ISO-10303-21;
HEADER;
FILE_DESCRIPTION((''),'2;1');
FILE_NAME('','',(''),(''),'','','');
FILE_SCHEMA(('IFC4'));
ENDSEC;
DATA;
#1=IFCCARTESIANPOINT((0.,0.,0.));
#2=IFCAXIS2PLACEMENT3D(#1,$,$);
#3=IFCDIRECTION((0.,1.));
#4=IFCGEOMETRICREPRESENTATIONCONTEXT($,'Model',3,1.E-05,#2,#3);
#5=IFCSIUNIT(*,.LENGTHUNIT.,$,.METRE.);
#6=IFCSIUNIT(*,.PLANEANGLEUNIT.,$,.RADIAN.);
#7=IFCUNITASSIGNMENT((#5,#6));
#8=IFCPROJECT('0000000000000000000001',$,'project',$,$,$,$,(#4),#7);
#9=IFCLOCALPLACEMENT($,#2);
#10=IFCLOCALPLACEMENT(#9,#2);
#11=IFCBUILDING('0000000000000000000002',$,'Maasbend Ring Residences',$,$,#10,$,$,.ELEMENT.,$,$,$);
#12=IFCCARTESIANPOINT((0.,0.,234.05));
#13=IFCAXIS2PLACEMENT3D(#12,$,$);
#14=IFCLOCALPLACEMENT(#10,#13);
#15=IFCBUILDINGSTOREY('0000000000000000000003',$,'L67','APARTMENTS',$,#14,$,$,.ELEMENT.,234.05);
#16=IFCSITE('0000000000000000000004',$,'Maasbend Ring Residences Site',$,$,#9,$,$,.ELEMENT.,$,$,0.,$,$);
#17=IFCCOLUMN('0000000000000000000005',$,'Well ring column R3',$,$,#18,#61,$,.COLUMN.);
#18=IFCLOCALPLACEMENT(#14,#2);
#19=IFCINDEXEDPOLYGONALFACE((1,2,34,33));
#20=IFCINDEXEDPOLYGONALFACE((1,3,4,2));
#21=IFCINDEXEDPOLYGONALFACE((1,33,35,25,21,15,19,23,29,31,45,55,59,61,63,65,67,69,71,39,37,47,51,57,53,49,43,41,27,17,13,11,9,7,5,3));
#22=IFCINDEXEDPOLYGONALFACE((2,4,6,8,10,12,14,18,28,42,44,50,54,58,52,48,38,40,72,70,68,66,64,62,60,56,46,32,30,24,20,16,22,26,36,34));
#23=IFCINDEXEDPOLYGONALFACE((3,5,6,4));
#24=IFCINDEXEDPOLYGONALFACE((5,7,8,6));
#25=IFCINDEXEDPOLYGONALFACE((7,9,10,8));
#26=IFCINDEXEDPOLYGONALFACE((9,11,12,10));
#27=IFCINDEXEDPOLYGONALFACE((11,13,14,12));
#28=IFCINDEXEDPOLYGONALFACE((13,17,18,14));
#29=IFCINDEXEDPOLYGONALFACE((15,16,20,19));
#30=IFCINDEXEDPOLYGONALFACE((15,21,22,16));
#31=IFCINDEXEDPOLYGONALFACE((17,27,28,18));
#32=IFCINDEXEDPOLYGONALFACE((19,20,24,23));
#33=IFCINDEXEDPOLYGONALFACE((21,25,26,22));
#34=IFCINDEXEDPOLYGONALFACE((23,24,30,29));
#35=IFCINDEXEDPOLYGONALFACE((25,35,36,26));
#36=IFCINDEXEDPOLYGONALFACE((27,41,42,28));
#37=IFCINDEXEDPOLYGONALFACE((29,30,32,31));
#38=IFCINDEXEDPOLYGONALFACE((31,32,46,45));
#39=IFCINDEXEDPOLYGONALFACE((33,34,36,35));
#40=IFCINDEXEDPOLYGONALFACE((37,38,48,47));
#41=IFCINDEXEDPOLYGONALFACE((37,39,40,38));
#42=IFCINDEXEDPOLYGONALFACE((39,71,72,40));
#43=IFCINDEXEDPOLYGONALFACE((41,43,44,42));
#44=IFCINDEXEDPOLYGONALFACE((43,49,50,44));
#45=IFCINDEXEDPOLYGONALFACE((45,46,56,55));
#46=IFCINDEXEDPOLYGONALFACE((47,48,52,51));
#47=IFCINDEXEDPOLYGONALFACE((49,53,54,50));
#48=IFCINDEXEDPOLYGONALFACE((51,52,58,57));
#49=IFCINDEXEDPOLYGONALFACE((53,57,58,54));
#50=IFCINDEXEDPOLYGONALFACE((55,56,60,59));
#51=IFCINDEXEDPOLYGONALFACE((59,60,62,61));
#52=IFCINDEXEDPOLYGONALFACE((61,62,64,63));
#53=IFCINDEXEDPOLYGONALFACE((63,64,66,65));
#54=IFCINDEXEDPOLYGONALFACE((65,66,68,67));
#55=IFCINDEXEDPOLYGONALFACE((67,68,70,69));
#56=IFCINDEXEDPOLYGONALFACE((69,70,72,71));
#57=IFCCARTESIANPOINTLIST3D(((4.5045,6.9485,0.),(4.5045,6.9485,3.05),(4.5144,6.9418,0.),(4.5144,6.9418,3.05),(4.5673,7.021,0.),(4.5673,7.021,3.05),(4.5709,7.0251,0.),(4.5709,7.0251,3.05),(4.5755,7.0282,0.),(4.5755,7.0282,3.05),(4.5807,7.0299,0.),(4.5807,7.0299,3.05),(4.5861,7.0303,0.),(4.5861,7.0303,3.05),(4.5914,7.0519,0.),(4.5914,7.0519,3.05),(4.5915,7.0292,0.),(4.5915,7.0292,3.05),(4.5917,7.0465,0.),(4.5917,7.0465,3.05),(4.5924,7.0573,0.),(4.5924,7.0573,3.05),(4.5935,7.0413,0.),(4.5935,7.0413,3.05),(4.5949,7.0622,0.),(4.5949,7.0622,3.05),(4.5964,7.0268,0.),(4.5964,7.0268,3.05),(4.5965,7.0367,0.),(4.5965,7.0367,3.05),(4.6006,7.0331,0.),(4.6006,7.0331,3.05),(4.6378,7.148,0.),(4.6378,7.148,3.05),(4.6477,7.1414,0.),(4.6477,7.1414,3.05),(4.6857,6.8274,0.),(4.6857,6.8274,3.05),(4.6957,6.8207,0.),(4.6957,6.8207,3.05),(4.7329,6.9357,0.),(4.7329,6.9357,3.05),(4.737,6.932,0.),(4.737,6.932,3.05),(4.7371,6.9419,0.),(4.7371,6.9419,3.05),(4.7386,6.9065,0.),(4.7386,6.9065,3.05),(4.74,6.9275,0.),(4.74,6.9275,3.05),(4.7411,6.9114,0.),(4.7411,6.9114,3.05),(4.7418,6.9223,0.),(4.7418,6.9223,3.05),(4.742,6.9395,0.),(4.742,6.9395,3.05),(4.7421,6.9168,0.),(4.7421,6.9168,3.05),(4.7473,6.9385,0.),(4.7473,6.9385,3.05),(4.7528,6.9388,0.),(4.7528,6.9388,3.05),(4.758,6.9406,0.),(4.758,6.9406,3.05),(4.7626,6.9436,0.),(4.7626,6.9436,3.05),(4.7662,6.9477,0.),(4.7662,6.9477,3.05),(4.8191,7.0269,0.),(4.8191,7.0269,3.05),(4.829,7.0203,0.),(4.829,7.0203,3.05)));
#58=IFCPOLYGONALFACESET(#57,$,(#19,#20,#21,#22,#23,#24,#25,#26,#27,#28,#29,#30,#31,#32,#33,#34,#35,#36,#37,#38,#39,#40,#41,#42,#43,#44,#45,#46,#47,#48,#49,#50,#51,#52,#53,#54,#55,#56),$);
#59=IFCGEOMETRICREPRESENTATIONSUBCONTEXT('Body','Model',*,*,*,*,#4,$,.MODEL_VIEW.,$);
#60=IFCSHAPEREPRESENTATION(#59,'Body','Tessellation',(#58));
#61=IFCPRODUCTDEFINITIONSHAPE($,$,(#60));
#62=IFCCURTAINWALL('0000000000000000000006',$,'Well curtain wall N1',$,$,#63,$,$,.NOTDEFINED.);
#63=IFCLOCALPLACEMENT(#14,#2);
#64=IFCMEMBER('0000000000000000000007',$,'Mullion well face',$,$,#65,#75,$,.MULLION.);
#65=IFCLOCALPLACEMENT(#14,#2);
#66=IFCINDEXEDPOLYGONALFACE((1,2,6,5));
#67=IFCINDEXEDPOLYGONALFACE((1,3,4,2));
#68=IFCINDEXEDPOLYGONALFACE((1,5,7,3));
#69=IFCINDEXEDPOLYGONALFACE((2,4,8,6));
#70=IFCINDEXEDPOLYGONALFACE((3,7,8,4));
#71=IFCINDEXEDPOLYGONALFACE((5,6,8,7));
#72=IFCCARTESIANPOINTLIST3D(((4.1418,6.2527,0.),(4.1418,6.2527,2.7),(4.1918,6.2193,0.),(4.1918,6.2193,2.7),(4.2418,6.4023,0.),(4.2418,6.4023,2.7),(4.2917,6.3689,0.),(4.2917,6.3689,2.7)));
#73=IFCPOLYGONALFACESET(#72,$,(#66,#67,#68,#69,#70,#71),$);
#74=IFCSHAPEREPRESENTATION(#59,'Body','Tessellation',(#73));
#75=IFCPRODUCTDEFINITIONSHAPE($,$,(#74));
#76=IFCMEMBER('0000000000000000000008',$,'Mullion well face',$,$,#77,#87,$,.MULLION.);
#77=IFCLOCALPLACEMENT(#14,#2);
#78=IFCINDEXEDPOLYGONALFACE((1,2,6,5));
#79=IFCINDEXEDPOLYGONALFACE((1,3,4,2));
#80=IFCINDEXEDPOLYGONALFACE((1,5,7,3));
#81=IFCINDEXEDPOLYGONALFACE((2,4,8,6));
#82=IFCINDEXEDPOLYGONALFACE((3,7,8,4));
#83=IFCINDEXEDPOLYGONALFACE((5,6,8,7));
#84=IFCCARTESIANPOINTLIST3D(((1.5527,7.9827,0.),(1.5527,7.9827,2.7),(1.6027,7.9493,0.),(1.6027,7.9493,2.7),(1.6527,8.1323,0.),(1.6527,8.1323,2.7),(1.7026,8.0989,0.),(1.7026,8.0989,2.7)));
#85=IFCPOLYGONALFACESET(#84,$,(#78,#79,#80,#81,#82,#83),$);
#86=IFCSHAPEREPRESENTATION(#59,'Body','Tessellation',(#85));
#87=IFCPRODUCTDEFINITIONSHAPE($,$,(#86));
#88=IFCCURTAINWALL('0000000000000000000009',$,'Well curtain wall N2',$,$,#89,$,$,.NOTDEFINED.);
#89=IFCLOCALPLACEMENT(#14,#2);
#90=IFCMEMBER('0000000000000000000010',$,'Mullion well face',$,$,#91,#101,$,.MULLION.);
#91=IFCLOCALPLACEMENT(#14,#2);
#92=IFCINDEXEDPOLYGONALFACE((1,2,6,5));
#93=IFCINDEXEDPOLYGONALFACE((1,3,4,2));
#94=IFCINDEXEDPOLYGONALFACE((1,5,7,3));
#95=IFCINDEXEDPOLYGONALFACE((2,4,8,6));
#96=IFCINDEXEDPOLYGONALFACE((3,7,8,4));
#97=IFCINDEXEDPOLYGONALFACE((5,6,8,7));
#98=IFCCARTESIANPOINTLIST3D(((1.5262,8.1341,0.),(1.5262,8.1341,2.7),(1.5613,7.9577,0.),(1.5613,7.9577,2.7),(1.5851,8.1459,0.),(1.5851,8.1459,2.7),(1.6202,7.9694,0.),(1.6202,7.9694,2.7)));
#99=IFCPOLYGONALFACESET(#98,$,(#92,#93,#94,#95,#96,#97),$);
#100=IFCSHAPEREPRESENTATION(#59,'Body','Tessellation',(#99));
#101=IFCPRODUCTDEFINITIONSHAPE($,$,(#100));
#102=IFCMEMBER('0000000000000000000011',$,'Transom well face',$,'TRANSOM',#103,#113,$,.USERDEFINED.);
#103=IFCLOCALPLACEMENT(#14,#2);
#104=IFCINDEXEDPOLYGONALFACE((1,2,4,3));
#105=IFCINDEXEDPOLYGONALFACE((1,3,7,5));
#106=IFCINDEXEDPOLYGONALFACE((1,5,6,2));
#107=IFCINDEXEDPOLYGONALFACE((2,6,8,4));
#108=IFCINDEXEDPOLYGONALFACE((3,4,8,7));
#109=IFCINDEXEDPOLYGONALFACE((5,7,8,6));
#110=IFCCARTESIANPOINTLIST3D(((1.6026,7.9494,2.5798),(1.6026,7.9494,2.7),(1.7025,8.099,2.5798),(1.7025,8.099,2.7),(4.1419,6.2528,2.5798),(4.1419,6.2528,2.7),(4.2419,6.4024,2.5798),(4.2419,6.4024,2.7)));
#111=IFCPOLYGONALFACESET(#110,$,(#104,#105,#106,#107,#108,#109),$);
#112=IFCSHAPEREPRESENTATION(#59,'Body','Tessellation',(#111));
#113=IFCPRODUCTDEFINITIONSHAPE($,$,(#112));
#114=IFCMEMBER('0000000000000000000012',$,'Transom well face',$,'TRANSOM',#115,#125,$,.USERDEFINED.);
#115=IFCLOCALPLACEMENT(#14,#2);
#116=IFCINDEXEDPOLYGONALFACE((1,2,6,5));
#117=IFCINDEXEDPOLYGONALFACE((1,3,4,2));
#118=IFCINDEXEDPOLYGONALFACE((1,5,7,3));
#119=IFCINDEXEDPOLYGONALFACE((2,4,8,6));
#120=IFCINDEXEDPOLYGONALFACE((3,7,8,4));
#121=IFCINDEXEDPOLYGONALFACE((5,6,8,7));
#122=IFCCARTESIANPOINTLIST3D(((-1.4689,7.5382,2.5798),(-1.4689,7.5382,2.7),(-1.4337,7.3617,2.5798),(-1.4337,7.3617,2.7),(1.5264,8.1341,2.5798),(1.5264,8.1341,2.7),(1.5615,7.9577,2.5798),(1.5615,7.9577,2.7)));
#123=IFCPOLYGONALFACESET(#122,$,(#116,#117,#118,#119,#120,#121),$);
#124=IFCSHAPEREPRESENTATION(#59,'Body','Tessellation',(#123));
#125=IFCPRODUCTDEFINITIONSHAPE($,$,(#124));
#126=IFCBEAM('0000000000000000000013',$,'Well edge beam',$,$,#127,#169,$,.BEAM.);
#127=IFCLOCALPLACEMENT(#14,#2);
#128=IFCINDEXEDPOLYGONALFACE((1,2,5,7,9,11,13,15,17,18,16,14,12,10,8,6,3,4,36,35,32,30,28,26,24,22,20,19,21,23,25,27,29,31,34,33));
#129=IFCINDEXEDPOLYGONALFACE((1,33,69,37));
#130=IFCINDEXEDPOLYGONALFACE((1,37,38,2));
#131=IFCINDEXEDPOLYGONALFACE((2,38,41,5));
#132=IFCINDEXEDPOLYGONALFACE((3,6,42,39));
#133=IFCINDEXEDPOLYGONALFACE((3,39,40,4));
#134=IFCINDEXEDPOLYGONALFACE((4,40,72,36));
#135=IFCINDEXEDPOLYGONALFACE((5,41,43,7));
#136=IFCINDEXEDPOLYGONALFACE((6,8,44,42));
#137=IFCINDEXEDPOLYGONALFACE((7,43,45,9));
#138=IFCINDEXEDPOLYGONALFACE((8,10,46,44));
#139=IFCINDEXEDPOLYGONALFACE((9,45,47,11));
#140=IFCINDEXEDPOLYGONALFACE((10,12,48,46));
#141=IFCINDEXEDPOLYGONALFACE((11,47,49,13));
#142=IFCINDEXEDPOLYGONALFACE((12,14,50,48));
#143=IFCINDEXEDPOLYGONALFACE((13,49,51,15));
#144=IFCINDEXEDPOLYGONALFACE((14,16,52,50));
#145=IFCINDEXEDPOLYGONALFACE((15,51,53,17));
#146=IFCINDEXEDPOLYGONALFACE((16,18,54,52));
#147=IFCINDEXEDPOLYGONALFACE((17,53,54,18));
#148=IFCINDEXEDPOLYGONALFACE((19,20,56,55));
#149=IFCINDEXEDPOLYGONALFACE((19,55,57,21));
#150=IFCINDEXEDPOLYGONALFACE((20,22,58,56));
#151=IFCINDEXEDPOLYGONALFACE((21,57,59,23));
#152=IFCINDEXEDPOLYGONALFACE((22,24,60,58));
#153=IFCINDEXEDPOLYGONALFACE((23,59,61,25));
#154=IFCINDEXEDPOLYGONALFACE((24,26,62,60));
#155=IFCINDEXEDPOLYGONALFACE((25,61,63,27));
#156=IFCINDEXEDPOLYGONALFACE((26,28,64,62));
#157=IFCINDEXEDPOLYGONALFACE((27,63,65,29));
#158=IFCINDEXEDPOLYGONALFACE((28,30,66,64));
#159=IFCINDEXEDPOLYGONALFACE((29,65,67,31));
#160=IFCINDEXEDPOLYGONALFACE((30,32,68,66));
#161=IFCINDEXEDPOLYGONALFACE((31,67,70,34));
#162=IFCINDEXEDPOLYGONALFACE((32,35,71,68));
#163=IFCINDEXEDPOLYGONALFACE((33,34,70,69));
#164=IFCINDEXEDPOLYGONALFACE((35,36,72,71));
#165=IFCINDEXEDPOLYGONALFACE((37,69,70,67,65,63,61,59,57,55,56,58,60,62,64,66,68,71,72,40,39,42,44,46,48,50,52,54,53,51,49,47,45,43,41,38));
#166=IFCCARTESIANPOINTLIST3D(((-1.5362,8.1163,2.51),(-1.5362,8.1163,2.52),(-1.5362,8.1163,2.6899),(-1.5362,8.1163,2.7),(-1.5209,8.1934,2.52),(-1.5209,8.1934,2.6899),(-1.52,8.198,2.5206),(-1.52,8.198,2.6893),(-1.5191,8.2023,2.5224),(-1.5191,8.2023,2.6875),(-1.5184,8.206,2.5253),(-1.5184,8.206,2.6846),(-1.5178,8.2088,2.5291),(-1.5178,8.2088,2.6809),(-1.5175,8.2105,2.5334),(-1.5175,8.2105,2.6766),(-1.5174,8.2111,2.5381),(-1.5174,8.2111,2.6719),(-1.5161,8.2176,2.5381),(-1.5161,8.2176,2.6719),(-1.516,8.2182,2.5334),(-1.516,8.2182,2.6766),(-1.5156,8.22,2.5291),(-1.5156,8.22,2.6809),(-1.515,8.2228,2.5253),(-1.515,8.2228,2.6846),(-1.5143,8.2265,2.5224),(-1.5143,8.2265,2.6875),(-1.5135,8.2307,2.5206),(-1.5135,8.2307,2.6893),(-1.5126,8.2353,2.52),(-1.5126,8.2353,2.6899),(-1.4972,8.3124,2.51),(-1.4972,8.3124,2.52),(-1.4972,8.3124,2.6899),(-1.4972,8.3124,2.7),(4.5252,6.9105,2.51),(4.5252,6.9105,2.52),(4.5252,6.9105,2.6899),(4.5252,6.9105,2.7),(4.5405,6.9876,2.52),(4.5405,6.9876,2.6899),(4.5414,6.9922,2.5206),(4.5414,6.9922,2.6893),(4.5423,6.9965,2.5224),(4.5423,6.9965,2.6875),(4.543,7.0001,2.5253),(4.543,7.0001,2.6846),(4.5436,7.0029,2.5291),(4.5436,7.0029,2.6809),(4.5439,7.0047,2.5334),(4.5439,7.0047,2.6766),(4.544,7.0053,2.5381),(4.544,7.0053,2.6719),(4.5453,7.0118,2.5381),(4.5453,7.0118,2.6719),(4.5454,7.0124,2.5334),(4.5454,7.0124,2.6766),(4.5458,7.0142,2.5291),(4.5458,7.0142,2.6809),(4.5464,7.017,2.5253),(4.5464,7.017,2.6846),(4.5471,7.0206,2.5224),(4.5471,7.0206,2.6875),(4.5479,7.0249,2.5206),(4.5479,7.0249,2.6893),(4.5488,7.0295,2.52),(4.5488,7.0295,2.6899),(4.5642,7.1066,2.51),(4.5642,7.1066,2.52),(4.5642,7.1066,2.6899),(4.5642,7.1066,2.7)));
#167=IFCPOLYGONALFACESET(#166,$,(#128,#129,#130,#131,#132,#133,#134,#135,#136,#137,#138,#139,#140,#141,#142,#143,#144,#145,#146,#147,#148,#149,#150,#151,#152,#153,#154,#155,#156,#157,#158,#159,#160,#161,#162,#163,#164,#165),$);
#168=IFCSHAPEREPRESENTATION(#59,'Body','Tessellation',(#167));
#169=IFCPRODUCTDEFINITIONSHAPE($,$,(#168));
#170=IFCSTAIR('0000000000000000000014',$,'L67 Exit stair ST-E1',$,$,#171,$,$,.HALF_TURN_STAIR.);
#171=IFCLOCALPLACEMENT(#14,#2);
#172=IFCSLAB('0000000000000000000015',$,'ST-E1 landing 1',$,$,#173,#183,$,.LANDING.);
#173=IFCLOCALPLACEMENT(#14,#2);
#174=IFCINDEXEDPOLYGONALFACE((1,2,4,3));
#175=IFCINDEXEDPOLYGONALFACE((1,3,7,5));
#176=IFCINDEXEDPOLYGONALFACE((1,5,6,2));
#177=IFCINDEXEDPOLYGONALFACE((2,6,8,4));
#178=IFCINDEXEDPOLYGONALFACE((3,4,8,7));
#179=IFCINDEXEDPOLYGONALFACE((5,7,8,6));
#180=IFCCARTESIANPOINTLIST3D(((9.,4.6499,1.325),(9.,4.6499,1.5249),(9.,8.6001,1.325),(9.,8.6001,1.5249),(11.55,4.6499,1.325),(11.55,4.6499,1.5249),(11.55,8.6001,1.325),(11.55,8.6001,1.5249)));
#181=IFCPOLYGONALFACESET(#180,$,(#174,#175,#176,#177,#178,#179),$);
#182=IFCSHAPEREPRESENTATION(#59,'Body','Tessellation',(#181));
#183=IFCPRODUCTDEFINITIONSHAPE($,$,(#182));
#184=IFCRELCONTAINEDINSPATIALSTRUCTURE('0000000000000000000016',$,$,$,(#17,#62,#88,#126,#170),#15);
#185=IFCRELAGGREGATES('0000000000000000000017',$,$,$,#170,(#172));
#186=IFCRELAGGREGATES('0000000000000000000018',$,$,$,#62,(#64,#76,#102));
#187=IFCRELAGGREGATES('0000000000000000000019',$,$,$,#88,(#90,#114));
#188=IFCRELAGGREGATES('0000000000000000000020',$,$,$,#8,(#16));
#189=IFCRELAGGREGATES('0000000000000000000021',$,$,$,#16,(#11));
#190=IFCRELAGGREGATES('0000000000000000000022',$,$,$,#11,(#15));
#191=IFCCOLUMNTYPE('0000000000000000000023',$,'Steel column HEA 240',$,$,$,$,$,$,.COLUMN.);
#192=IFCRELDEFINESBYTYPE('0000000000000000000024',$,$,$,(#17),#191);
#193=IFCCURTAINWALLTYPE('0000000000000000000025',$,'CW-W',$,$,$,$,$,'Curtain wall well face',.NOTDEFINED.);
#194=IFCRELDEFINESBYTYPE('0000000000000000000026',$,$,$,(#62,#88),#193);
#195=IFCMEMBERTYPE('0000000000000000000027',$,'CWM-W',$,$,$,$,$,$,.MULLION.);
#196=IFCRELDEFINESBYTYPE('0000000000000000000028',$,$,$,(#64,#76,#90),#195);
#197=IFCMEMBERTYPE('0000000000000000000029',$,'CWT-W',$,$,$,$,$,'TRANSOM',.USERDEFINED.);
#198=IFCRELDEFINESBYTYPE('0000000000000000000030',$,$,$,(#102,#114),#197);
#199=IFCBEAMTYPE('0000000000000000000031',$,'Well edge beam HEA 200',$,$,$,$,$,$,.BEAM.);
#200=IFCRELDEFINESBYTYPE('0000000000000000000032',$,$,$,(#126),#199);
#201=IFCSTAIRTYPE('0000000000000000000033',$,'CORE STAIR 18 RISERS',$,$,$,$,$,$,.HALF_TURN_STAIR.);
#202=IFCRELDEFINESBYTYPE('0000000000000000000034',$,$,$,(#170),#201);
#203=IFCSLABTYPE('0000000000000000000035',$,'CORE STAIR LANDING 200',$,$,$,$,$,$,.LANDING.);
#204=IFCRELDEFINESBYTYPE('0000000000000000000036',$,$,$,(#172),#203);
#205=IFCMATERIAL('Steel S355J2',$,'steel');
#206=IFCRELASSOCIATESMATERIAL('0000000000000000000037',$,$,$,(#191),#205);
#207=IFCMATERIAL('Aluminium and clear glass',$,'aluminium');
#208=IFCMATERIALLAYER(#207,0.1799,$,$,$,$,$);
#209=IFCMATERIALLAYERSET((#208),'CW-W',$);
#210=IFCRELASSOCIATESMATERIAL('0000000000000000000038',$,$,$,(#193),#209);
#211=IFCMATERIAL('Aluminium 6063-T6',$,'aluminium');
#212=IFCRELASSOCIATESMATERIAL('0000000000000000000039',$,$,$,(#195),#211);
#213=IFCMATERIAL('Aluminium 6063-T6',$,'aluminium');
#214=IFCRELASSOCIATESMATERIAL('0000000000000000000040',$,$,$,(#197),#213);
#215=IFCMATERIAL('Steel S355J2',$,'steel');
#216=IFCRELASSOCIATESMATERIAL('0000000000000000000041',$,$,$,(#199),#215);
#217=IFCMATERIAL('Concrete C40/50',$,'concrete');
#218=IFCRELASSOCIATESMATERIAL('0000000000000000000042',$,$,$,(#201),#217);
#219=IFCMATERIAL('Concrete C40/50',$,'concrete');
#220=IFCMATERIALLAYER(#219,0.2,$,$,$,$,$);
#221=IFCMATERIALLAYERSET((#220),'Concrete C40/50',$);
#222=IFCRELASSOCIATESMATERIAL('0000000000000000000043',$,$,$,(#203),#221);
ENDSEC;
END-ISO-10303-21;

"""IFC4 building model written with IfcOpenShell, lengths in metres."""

from ifc_helpers import new_model, si_unit, direction, frame, origin, origin_2d, place, context, subcontext, project, spatial, polyline, rectangle, i_section, outline, extrude, material, layer, layer_set, material_profile, profile_set, type_object, element, aggregate, save


model = new_model("IFC4")

# Units and contexts
model_context = context("Model", 3, precision=1e-05, world=origin(), true_north=direction((0.0, 1.0)))
body_context = subcontext(model_context, "Body", "Model", "MODEL_VIEW")
ifc_project = project(units=[si_unit("LENGTHUNIT", "METRE"), si_unit("PLANEANGLEUNIT", "RADIAN")], contexts=[model_context])

# Site, building, storey
site_placement = place(None, origin())
site = spatial("IfcSite", under=ifc_project, at=site_placement, Name="Maasbend Ring Residences Site", CompositionType="ELEMENT", RefElevation=0.0)
building_placement = place(site_placement, origin())
building = spatial("IfcBuilding", under=site, at=building_placement, Name="Maasbend Ring Residences", CompositionType="ELEMENT")
storey_placement = place(building_placement, frame((0.0, 0.0, 234.05)))
storey = spatial("IfcBuildingStorey", under=building, at=storey_placement, Name="L67", Description="APARTMENTS", CompositionType="ELEMENT", Elevation=234.05)

# Column
ifc_material_1 = material(Name="Steel S355J2", Category="steel")
ifc_material_profile_1 = material_profile(ifc_material_1, i_section(OverallWidth=0.24, OverallDepth=0.23, WebThickness=0.0076, FlangeThickness=0.012, FilletRadius=0.021, at=origin_2d()), Name="HEA 240")
ifc_profile_set_1 = profile_set([ifc_material_profile_1], Name="Steel S355J2")
column_type = type_object("IfcColumnType", Name="Steel column HEA 240", PredefinedType="COLUMN", material=ifc_profile_set_1)
column_placement = place(storey_placement, frame((4.6667, 6.9844, 0.0), z_axis=(0.0, 0.0, 1.0), x_axis=(0.55557, 0.83147, 0.0)))
element("IfcColumn", 1, at=column_placement, inside=storey, type_object=column_type, Name="Well ring column R3", PredefinedType="COLUMN", context=body_context, shape_type="SweptSolid", body=[
    extrude(i_section(OverallWidth=0.24, OverallDepth=0.23, WebThickness=0.0076, FlangeThickness=0.012, FilletRadius=0.021, at=origin_2d()), origin(), (0.0, 0.0, 1.0), 3.05),
])

# Curtain wall, members
ifc_material_2 = material(Name="Aluminium and clear glass", Category="aluminium")
ifc_layer_1 = layer(ifc_material_2, 0.1799)
ifc_layer_set_1 = layer_set([ifc_layer_1], Name="CW-W")
curtain_wall_type = type_object("IfcCurtainWallType", Name="CW-W", ElementType="Curtain wall well face", PredefinedType="NOTDEFINED", material=ifc_layer_set_1)
curtain_wall_1_placement = place(storey_placement, origin())
curtain_wall_1 = element("IfcCurtainWall", 2, at=curtain_wall_1_placement, inside=storey, type_object=curtain_wall_type, Name="Well curtain wall N1", PredefinedType="NOTDEFINED")
ifc_material_3 = material(Name="Aluminium 6063-T6", Category="aluminium")
ifc_material_profile_2 = material_profile(ifc_material_3, rectangle(XDim=0.1799, YDim=0.0601, at=origin_2d()), Name="AL 180x60")
ifc_profile_set_2 = profile_set([ifc_material_profile_2], Name="Aluminium 6063-T6")
member_type_1 = type_object("IfcMemberType", Name="CWM-W", PredefinedType="MULLION", material=ifc_profile_set_2)
member_1_placement = place(storey_placement, frame((4.2168, 6.3108, 0.0), z_axis=(0.0, 0.0, 1.0), x_axis=(-0.55557, -0.83147, 0.0)))
member_1 = element("IfcMember", 3, at=member_1_placement, type_object=member_type_1, Name="Mullion well face", PredefinedType="MULLION", context=body_context, shape_type="SweptSolid", body=[
    extrude(rectangle(XDim=0.1799, YDim=0.0601, at=origin_2d()), origin(), (0.0, 0.0, 1.0), 2.7),
])
member_2_placement = place(storey_placement, frame((1.6277, 8.0408, 0.0), z_axis=(0.0, 0.0, 1.0), x_axis=(-0.55557, -0.83147, 0.0)))
member_2 = element("IfcMember", 4, at=member_2_placement, type_object=member_type_1, Name="Mullion well face", PredefinedType="MULLION", context=body_context, shape_type="SweptSolid", body=[
    extrude(rectangle(XDim=0.1799, YDim=0.0601, at=origin_2d()), origin(), (0.0, 0.0, 1.0), 2.7),
])

# Curtain wall, member
curtain_wall_2_placement = place(storey_placement, origin())
curtain_wall_2 = element("IfcCurtainWall", 5, at=curtain_wall_2_placement, inside=storey, type_object=curtain_wall_type, Name="Well curtain wall N2", PredefinedType="NOTDEFINED")
member_3_placement = place(storey_placement, frame((1.5732, 8.0518, 0.0), z_axis=(0.0, 0.0, 1.0), x_axis=(0.19509, -0.980785, 0.0)))
member_3 = element("IfcMember", 6, at=member_3_placement, type_object=member_type_1, Name="Mullion well face", PredefinedType="MULLION", context=body_context, shape_type="SweptSolid", body=[
    extrude(rectangle(XDim=0.1799, YDim=0.0601, at=origin_2d()), origin(), (0.0, 0.0, 1.0), 2.7),
])

# Members
ifc_material_4 = material(Name="Aluminium 6063-T6", Category="aluminium")
ifc_material_profile_3 = material_profile(ifc_material_4, rectangle(XDim=0.1799, YDim=0.1201, at=origin_2d()), Name="AL 180x120")
ifc_profile_set_3 = profile_set([ifc_material_profile_3], Name="Aluminium 6063-T6")
member_type_2 = type_object("IfcMemberType", Name="CWT-W", ElementType="TRANSOM", PredefinedType="USERDEFINED", material=ifc_profile_set_3)
member_4_placement = place(storey_placement, frame((4.1919, 6.3276, 2.6399), z_axis=(-0.831496, 0.55553, 0.0), x_axis=(-0.55553, -0.831496, 0.0)))
member_4 = element("IfcMember", 7, at=member_4_placement, type_object=member_type_2, Name="Transom well face", ObjectType="TRANSOM", PredefinedType="USERDEFINED", context=body_context, shape_type="SweptSolid", body=[
    extrude(rectangle(XDim=0.1799, YDim=0.1201, at=origin_2d()), origin(), (0.0, 0.0, 1.0), 3.054),
])
member_5_placement = place(storey_placement, frame((1.5439, 8.0459, 2.6399), z_axis=(-0.980777, -0.195132, 0.0), x_axis=(0.195132, -0.980777, 0.0)))
member_5 = element("IfcMember", 8, at=member_5_placement, type_object=member_type_2, Name="Transom well face", ObjectType="TRANSOM", PredefinedType="USERDEFINED", context=body_context, shape_type="SweptSolid", body=[
    extrude(rectangle(XDim=0.1799, YDim=0.1201, at=origin_2d()), origin(), (0.0, 0.0, 1.0), 3.054),
])

# Beam
ifc_material_5 = material(Name="Steel S355J2", Category="steel")
ifc_material_profile_4 = material_profile(ifc_material_5, i_section(OverallWidth=0.2, OverallDepth=0.1899, WebThickness=0.0066, FlangeThickness=0.01, FilletRadius=0.0181, at=origin_2d()), Name="HEA 200")
ifc_profile_set_4 = profile_set([ifc_material_profile_4], Name="Steel S355J2")
beam_type = type_object("IfcBeamType", Name="Well edge beam HEA 200", PredefinedType="BEAM", material=ifc_profile_set_4)
beam_placement = place(storey_placement, frame((4.5447, 7.0085, 2.605), z_axis=(-0.980781, 0.195113, 0.0), x_axis=(-0.195113, -0.980781, 0.0)))
element("IfcBeam", 9, at=beam_placement, inside=storey, type_object=beam_type, Name="Well edge beam", PredefinedType="BEAM", context=body_context, shape_type="SweptSolid", body=[
    extrude(i_section(OverallWidth=0.2, OverallDepth=0.1899, WebThickness=0.0066, FlangeThickness=0.01, FilletRadius=0.0181, at=origin_2d()), origin(), (0.0, 0.0, 1.0), 6.1802),
])

# Stair, slab
ifc_material_6 = material(Name="Concrete C40/50", Category="concrete")
stair_type = type_object("IfcStairType", Name="CORE STAIR 18 RISERS", PredefinedType="HALF_TURN_STAIR", material=ifc_material_6)
stair_1_placement = place(storey_placement, origin())
stair_1 = element("IfcStair", 10, at=stair_1_placement, inside=storey, type_object=stair_type, Name="L67 Exit stair ST-E1", PredefinedType="HALF_TURN_STAIR")
ifc_material_7 = material(Name="Concrete C40/50", Category="concrete")
ifc_layer_2 = layer(ifc_material_7, 0.2)
ifc_layer_set_2 = layer_set([ifc_layer_2], Name="Concrete C40/50")
slab_type_1 = type_object("IfcSlabType", Name="CORE STAIR LANDING 200", PredefinedType="LANDING", material=ifc_layer_set_2)
slab_1_placement = place(storey_placement, frame((0.0, 0.0, 1.325)))
slab_1 = element("IfcSlab", 11, at=slab_1_placement, type_object=slab_type_1, Name="ST-E1 landing 1", PredefinedType="LANDING", context=body_context, shape_type="SweptSolid", body=[
    extrude(outline(polyline([(11.55, 8.6001), (9.0, 8.6001), (9.0, 4.6499), (11.55, 4.6499), (11.55, 8.6001)])), origin(), (0.0, 0.0, 1.0), 0.2),
])
aggregate(stair_1, [slab_1])

aggregate(curtain_wall_1, [member_1, member_2, member_4])
aggregate(curtain_wall_2, [member_3, member_5])

save(model, "model.ifc")
